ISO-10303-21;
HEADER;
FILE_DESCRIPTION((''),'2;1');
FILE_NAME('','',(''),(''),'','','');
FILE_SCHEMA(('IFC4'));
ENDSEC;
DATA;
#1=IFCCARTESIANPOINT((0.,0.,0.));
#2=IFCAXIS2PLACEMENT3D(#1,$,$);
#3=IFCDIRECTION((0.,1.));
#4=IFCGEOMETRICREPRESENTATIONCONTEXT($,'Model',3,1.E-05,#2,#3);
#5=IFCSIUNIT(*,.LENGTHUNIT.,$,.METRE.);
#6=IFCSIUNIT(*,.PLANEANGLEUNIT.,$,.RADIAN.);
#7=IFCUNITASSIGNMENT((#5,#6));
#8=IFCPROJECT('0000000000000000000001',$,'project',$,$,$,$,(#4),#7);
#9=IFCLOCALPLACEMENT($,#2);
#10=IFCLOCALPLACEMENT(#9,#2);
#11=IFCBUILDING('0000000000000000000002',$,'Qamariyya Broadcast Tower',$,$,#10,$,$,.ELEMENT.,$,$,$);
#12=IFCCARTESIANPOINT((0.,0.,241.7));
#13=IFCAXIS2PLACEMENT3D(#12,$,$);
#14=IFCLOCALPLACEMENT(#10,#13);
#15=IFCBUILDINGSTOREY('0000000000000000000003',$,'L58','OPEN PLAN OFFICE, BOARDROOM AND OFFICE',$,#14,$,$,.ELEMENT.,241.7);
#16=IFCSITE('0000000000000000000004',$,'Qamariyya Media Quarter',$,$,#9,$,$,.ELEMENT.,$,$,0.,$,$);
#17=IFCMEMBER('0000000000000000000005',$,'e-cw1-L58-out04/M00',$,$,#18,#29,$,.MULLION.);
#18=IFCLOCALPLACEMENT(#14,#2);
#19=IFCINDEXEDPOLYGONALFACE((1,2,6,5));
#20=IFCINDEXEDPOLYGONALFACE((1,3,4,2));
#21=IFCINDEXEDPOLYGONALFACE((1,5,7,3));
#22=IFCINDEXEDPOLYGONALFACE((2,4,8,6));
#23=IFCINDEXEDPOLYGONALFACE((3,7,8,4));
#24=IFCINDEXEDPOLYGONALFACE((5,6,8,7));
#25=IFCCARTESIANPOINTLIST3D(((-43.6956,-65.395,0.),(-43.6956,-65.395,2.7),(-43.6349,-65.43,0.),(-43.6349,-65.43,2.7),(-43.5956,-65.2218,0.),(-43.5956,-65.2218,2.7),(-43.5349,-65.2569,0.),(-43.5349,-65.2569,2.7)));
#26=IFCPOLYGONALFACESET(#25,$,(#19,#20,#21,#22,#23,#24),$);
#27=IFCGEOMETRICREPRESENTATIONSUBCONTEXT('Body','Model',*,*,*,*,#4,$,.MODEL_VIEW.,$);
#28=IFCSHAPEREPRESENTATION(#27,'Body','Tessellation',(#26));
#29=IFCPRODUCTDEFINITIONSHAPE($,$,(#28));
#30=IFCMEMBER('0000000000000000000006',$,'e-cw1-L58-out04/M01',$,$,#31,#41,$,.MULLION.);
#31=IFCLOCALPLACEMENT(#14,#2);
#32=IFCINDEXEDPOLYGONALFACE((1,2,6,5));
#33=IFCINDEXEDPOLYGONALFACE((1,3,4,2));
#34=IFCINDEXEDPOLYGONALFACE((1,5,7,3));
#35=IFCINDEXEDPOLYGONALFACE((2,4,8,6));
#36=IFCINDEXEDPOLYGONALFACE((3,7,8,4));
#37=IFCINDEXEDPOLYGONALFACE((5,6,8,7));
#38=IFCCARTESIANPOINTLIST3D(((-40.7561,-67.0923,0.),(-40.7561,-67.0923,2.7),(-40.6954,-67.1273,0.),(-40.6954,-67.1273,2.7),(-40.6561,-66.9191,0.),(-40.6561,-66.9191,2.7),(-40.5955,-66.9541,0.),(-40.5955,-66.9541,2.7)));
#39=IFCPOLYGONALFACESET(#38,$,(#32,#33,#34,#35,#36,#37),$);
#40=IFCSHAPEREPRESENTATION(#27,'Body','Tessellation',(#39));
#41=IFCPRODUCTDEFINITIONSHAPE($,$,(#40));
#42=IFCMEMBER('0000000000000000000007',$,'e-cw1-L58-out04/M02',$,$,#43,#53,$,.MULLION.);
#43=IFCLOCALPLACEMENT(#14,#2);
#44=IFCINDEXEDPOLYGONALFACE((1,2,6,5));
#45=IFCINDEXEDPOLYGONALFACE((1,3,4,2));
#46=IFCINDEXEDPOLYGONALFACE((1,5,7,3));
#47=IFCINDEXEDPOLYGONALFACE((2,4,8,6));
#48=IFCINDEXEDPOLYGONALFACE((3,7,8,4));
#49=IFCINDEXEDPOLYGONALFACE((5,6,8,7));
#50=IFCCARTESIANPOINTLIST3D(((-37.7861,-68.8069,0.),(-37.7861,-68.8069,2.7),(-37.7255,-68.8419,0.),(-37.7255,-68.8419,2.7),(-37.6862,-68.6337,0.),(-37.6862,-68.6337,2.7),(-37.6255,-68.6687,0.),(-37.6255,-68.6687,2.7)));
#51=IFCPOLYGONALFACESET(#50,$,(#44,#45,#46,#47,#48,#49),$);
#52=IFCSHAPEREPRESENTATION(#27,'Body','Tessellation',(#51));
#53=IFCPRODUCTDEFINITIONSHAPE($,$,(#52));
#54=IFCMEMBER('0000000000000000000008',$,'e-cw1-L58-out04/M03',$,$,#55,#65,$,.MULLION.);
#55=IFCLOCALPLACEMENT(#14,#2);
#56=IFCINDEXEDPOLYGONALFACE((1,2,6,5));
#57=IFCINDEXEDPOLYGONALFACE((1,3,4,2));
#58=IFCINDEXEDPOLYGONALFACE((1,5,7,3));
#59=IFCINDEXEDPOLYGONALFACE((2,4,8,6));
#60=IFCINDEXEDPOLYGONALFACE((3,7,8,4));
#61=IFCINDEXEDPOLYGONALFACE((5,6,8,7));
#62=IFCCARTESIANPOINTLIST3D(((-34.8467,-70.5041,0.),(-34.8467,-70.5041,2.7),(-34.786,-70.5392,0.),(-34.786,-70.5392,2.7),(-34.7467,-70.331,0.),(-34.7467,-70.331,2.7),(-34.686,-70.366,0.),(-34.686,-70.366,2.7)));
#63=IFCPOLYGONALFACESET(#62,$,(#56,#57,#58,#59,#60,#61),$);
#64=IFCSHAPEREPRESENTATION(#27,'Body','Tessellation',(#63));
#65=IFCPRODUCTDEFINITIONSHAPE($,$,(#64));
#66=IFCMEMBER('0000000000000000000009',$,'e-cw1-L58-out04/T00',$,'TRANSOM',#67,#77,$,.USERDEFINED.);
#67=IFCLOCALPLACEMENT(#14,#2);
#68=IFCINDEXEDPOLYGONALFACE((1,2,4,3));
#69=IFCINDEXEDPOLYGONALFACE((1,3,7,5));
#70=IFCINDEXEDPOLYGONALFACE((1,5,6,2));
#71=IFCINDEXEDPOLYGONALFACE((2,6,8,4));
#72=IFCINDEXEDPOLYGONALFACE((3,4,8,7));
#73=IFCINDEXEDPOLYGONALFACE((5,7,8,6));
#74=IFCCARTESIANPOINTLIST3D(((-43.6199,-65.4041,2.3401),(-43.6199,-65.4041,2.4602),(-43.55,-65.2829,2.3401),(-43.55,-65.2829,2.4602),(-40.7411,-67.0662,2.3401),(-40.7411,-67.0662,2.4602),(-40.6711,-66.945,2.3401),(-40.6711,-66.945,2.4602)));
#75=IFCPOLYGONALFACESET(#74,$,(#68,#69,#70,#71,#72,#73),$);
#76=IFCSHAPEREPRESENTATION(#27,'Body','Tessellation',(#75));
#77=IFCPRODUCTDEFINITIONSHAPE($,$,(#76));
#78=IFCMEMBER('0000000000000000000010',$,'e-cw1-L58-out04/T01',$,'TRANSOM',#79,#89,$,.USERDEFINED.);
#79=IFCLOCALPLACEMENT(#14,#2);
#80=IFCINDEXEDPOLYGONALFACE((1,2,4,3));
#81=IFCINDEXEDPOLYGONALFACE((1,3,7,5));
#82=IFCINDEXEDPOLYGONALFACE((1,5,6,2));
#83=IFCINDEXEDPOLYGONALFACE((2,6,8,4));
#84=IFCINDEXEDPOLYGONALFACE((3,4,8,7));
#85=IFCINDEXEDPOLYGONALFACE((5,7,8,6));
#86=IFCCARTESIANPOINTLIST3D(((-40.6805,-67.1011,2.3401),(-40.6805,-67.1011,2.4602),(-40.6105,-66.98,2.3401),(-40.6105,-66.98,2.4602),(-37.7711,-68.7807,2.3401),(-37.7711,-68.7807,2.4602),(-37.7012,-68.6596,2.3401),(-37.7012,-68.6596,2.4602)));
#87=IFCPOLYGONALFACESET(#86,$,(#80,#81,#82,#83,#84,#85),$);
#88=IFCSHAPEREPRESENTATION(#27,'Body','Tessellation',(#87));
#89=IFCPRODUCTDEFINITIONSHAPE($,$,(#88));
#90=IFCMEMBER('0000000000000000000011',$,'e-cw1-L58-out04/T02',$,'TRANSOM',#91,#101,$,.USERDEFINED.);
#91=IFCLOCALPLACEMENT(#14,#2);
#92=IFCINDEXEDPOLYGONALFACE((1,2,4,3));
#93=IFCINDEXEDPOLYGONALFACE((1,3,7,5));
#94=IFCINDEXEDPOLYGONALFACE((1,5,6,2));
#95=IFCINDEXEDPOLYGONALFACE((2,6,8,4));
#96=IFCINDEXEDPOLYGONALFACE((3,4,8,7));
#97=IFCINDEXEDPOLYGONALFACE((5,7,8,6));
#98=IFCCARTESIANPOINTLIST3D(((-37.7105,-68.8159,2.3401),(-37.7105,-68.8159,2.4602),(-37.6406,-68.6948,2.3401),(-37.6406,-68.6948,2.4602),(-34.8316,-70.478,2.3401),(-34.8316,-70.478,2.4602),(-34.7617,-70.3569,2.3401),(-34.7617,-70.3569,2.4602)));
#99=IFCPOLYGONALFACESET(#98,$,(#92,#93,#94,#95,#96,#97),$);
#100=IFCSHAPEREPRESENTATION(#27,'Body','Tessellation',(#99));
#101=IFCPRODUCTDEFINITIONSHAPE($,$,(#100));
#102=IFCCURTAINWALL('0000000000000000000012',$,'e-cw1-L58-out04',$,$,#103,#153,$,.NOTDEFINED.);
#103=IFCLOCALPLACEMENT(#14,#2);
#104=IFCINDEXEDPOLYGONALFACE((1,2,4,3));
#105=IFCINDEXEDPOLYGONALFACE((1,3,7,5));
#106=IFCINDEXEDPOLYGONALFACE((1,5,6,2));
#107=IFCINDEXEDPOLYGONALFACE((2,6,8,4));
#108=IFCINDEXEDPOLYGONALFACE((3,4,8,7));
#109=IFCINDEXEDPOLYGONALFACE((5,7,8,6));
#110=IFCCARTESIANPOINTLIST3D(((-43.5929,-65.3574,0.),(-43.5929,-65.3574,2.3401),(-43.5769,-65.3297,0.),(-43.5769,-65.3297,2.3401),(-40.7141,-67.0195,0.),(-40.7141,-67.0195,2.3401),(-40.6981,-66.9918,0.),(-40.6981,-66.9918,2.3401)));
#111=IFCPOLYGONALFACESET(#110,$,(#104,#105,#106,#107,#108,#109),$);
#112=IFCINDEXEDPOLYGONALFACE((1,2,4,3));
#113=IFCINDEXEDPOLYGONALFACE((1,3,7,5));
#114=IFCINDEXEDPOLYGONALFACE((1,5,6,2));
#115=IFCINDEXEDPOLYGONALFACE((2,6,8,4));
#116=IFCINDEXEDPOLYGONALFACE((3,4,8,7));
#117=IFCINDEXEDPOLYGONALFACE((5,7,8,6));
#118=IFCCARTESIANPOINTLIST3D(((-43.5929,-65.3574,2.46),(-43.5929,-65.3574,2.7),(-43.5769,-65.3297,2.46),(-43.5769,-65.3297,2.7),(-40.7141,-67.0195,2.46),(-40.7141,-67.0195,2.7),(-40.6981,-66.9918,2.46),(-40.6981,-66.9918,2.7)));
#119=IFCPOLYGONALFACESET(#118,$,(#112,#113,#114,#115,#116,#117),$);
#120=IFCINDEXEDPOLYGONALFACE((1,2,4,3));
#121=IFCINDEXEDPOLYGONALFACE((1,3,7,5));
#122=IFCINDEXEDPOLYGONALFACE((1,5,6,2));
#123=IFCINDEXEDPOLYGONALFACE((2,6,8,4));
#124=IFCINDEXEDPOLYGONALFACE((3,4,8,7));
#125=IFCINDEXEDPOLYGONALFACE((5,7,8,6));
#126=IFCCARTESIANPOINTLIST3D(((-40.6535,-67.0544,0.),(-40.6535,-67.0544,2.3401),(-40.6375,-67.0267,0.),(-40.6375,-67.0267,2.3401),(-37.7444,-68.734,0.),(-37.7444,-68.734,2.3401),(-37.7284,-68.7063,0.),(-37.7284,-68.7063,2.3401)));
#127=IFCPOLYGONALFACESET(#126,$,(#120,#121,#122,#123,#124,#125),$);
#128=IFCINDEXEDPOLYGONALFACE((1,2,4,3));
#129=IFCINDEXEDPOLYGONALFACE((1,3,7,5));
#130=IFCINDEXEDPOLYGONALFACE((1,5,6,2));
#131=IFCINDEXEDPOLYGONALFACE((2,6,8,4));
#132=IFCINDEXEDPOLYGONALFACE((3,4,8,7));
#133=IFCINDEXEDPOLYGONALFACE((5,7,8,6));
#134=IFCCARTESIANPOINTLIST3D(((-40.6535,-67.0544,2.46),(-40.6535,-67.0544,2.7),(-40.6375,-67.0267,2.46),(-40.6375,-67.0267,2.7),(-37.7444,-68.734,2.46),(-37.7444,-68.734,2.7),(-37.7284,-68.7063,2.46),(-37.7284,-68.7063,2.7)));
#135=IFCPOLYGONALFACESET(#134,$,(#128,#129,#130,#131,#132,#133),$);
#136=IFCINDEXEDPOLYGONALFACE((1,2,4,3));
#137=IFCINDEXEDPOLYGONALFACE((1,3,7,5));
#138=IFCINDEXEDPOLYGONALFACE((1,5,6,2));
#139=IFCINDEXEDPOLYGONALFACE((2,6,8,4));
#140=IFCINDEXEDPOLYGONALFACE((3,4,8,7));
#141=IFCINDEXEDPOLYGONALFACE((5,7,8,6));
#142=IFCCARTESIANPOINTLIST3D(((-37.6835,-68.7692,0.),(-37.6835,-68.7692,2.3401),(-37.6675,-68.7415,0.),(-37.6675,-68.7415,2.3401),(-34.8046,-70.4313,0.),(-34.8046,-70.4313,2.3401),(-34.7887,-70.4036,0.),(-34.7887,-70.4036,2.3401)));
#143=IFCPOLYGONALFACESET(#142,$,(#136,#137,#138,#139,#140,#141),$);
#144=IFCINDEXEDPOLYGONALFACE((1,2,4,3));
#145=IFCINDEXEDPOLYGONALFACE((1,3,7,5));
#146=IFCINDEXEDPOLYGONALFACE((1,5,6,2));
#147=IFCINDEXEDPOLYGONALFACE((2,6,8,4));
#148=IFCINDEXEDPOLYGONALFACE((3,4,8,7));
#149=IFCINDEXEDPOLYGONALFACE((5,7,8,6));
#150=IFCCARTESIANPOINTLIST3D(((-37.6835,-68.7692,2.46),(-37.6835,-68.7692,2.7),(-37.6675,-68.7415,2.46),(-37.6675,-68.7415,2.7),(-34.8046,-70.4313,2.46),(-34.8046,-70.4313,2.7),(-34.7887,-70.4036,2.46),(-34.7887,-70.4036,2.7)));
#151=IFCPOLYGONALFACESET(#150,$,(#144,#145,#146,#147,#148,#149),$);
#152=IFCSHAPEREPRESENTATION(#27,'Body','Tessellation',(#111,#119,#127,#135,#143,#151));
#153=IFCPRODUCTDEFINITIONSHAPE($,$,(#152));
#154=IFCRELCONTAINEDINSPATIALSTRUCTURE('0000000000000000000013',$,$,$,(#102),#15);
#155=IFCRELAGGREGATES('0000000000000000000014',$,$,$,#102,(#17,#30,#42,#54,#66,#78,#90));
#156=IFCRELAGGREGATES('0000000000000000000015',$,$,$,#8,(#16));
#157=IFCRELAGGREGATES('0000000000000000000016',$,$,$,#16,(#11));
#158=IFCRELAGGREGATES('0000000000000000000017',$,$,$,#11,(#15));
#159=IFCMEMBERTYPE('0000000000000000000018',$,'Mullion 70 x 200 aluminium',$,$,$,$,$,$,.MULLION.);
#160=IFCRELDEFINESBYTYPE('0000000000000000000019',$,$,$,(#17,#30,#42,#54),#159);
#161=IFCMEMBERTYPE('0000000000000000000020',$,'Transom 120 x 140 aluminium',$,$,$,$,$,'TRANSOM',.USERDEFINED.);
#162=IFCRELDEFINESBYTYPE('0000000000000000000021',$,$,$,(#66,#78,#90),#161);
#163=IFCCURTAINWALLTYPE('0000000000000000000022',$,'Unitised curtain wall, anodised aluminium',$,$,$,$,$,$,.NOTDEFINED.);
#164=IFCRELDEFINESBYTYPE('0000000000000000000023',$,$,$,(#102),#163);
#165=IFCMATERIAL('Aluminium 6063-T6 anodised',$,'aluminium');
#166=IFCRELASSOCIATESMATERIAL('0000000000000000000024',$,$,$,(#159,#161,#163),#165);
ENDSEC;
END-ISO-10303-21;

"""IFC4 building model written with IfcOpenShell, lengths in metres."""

from ifc_helpers import new_model, si_unit, direction, frame, origin, origin_2d, place, context, subcontext, project, spatial, rectangle, extrude, material, material_profile, profile_set, type_object, element, aggregate, save


model = new_model("IFC4")

# Units and contexts
model_context = context("Model", 3, precision=1e-05, world=origin(), true_north=direction((0.0, 1.0)))
body_context = subcontext(model_context, "Body", "Model", "MODEL_VIEW")
ifc_project = project(units=[si_unit("LENGTHUNIT", "METRE"), si_unit("PLANEANGLEUNIT", "RADIAN")], contexts=[model_context])

# Members
ifc_material = material(Name="Aluminium 6063-T6 anodised", Category="aluminium")
ifc_material_profile_1 = material_profile(ifc_material, rectangle(XDim=0.2, YDim=0.0701, at=origin_2d()))
ifc_profile_set_1 = profile_set([ifc_material_profile_1], Name="Aluminium 6063-T6 anodised")
member_type_1 = type_object("IfcMemberType", Name="Mullion 70 x 200 aluminium", PredefinedType="MULLION", material=ifc_profile_set_1)
site_placement = place(None, origin())
building_placement = place(site_placement, origin())
storey_placement = place(building_placement, frame((0.0, 0.0, 241.7)))
member_1_placement = place(storey_placement, frame((-43.6152, -65.3259, 0.0), z_axis=(0.0, 0.0, 1.0), x_axis=(0.5, 0.866025, 0.0)))
member_1 = element("IfcMember", 1, at=member_1_placement, type_object=member_type_1, Name="e-cw1-L58-out04/M00", PredefinedType="MULLION", context=body_context, shape_type="SweptSolid", body=[
    extrude(rectangle(XDim=0.2, YDim=0.0701, at=origin_2d()), origin(), (0.0, 0.0, 1.0), 2.7),
])
member_2_placement = place(storey_placement, frame((-40.6758, -67.0232, 0.0), z_axis=(0.0, 0.0, 1.0), x_axis=(0.5, 0.866025, 0.0)))
member_2 = element("IfcMember", 2, at=member_2_placement, type_object=member_type_1, Name="e-cw1-L58-out04/M01", PredefinedType="MULLION", context=body_context, shape_type="SweptSolid", body=[
    extrude(rectangle(XDim=0.2, YDim=0.0701, at=origin_2d()), origin(), (0.0, 0.0, 1.0), 2.7),
])
member_3_placement = place(storey_placement, frame((-37.7058, -68.7378, 0.0), z_axis=(0.0, 0.0, 1.0), x_axis=(0.5, 0.866025, 0.0)))
member_3 = element("IfcMember", 3, at=member_3_placement, type_object=member_type_1, Name="e-cw1-L58-out04/M02", PredefinedType="MULLION", context=body_context, shape_type="SweptSolid", body=[
    extrude(rectangle(XDim=0.2, YDim=0.0701, at=origin_2d()), origin(), (0.0, 0.0, 1.0), 2.7),
])
member_4_placement = place(storey_placement, frame((-34.7664, -70.4351, 0.0), z_axis=(0.0, 0.0, 1.0), x_axis=(0.5, 0.866025, 0.0)))
member_4 = element("IfcMember", 4, at=member_4_placement, type_object=member_type_1, Name="e-cw1-L58-out04/M03", PredefinedType="MULLION", context=body_context, shape_type="SweptSolid", body=[
    extrude(rectangle(XDim=0.2, YDim=0.0701, at=origin_2d()), origin(), (0.0, 0.0, 1.0), 2.7),
])
ifc_material_profile_2 = material_profile(ifc_material, rectangle(XDim=0.1399, YDim=0.1201, at=origin_2d()))
ifc_profile_set_2 = profile_set([ifc_material_profile_2], Name="Aluminium 6063-T6 anodised")
member_type_2 = type_object("IfcMemberType", Name="Transom 120 x 140 aluminium", ElementType="TRANSOM", PredefinedType="USERDEFINED", material=ifc_profile_set_2)
member_5_placement = place(storey_placement, frame((-43.585, -65.3435, 2.4001), z_axis=(0.866029, -0.499994, 0.0), x_axis=(0.499994, 0.866029, 0.0)))
member_5 = element("IfcMember", 5, at=member_5_placement, type_object=member_type_2, Name="e-cw1-L58-out04/T00", ObjectType="TRANSOM", PredefinedType="USERDEFINED", context=body_context, shape_type="SweptSolid", body=[
    extrude(rectangle(XDim=0.1399, YDim=0.1201, at=origin_2d()), origin(), (0.0, 0.0, 1.0), 3.3242),
])
member_6_placement = place(storey_placement, frame((-40.6455, -67.0405, 2.4001), z_axis=(0.866034, -0.499985, 0.0), x_axis=(0.499985, 0.866034, 0.0)))
member_6 = element("IfcMember", 6, at=member_6_placement, type_object=member_type_2, Name="e-cw1-L58-out04/T01", ObjectType="TRANSOM", PredefinedType="USERDEFINED", context=body_context, shape_type="SweptSolid", body=[
    extrude(rectangle(XDim=0.1399, YDim=0.1201, at=origin_2d()), origin(), (0.0, 0.0, 1.0), 3.3594),
])
member_7_placement = place(storey_placement, frame((-37.6755, -68.7554, 2.4001), z_axis=(0.866029, -0.499994, 0.0), x_axis=(0.499994, 0.866029, 0.0)))
member_7 = element("IfcMember", 7, at=member_7_placement, type_object=member_type_2, Name="e-cw1-L58-out04/T02", ObjectType="TRANSOM", PredefinedType="USERDEFINED", context=body_context, shape_type="SweptSolid", body=[
    extrude(rectangle(XDim=0.1399, YDim=0.1201, at=origin_2d()), origin(), (0.0, 0.0, 1.0), 3.3242),
])

# Site, building, storey
site = spatial("IfcSite", under=ifc_project, at=site_placement, Name="Qamariyya Media Quarter", CompositionType="ELEMENT", RefElevation=0.0)
building = spatial("IfcBuilding", under=site, at=building_placement, Name="Qamariyya Broadcast Tower", CompositionType="ELEMENT")
storey = spatial("IfcBuildingStorey", under=building, at=storey_placement, Name="L58", Description="OPEN PLAN OFFICE, BOARDROOM AND OFFICE", CompositionType="ELEMENT", Elevation=241.7)

# Curtain wall
curtain_wall_type = type_object("IfcCurtainWallType", Name="Unitised curtain wall, anodised aluminium", PredefinedType="NOTDEFINED", material=ifc_material)
curtain_wall_1_placement = place(storey_placement, origin())
curtain_wall_1 = element("IfcCurtainWall", 8, at=curtain_wall_1_placement, inside=storey, type_object=curtain_wall_type, Name="e-cw1-L58-out04", PredefinedType="NOTDEFINED", context=body_context, shape_type="SweptSolid", body=[
    extrude(rectangle(XDim=3.3242, YDim=0.032, at=origin_2d()), frame((-42.1455, -66.1746, 0.0), x_axis=(0.866028, -0.499996, 0.0)), (0.0, 0.0, 1.0), 2.3401),
    extrude(rectangle(XDim=3.3242, YDim=0.032, at=origin_2d()), frame((-42.1455, -66.1746, 2.46), x_axis=(0.866028, -0.499996, 0.0)), (0.0, 0.0, 1.0), 0.24),
    extrude(rectangle(XDim=3.3591, YDim=0.032, at=origin_2d()), frame((-39.1909, -67.8804, 0.0), x_axis=(0.866028, -0.499996, 0.0)), (0.0, 0.0, 1.0), 2.3401),
    extrude(rectangle(XDim=3.3591, YDim=0.032, at=origin_2d()), frame((-39.1909, -67.8804, 2.46), x_axis=(0.866028, -0.499996, 0.0)), (0.0, 0.0, 1.0), 0.24),
    extrude(rectangle(XDim=3.3242, YDim=0.032, at=origin_2d()), frame((-36.2361, -69.5864, 0.0), x_axis=(0.866028, -0.499996, 0.0)), (0.0, 0.0, 1.0), 2.3401),
    extrude(rectangle(XDim=3.3242, YDim=0.032, at=origin_2d()), frame((-36.2361, -69.5864, 2.46), x_axis=(0.866028, -0.499996, 0.0)), (0.0, 0.0, 1.0), 0.24),
])
aggregate(curtain_wall_1, [member_1, member_2, member_3, member_4, member_5, member_6, member_7])

save(model, "model.ifc")
